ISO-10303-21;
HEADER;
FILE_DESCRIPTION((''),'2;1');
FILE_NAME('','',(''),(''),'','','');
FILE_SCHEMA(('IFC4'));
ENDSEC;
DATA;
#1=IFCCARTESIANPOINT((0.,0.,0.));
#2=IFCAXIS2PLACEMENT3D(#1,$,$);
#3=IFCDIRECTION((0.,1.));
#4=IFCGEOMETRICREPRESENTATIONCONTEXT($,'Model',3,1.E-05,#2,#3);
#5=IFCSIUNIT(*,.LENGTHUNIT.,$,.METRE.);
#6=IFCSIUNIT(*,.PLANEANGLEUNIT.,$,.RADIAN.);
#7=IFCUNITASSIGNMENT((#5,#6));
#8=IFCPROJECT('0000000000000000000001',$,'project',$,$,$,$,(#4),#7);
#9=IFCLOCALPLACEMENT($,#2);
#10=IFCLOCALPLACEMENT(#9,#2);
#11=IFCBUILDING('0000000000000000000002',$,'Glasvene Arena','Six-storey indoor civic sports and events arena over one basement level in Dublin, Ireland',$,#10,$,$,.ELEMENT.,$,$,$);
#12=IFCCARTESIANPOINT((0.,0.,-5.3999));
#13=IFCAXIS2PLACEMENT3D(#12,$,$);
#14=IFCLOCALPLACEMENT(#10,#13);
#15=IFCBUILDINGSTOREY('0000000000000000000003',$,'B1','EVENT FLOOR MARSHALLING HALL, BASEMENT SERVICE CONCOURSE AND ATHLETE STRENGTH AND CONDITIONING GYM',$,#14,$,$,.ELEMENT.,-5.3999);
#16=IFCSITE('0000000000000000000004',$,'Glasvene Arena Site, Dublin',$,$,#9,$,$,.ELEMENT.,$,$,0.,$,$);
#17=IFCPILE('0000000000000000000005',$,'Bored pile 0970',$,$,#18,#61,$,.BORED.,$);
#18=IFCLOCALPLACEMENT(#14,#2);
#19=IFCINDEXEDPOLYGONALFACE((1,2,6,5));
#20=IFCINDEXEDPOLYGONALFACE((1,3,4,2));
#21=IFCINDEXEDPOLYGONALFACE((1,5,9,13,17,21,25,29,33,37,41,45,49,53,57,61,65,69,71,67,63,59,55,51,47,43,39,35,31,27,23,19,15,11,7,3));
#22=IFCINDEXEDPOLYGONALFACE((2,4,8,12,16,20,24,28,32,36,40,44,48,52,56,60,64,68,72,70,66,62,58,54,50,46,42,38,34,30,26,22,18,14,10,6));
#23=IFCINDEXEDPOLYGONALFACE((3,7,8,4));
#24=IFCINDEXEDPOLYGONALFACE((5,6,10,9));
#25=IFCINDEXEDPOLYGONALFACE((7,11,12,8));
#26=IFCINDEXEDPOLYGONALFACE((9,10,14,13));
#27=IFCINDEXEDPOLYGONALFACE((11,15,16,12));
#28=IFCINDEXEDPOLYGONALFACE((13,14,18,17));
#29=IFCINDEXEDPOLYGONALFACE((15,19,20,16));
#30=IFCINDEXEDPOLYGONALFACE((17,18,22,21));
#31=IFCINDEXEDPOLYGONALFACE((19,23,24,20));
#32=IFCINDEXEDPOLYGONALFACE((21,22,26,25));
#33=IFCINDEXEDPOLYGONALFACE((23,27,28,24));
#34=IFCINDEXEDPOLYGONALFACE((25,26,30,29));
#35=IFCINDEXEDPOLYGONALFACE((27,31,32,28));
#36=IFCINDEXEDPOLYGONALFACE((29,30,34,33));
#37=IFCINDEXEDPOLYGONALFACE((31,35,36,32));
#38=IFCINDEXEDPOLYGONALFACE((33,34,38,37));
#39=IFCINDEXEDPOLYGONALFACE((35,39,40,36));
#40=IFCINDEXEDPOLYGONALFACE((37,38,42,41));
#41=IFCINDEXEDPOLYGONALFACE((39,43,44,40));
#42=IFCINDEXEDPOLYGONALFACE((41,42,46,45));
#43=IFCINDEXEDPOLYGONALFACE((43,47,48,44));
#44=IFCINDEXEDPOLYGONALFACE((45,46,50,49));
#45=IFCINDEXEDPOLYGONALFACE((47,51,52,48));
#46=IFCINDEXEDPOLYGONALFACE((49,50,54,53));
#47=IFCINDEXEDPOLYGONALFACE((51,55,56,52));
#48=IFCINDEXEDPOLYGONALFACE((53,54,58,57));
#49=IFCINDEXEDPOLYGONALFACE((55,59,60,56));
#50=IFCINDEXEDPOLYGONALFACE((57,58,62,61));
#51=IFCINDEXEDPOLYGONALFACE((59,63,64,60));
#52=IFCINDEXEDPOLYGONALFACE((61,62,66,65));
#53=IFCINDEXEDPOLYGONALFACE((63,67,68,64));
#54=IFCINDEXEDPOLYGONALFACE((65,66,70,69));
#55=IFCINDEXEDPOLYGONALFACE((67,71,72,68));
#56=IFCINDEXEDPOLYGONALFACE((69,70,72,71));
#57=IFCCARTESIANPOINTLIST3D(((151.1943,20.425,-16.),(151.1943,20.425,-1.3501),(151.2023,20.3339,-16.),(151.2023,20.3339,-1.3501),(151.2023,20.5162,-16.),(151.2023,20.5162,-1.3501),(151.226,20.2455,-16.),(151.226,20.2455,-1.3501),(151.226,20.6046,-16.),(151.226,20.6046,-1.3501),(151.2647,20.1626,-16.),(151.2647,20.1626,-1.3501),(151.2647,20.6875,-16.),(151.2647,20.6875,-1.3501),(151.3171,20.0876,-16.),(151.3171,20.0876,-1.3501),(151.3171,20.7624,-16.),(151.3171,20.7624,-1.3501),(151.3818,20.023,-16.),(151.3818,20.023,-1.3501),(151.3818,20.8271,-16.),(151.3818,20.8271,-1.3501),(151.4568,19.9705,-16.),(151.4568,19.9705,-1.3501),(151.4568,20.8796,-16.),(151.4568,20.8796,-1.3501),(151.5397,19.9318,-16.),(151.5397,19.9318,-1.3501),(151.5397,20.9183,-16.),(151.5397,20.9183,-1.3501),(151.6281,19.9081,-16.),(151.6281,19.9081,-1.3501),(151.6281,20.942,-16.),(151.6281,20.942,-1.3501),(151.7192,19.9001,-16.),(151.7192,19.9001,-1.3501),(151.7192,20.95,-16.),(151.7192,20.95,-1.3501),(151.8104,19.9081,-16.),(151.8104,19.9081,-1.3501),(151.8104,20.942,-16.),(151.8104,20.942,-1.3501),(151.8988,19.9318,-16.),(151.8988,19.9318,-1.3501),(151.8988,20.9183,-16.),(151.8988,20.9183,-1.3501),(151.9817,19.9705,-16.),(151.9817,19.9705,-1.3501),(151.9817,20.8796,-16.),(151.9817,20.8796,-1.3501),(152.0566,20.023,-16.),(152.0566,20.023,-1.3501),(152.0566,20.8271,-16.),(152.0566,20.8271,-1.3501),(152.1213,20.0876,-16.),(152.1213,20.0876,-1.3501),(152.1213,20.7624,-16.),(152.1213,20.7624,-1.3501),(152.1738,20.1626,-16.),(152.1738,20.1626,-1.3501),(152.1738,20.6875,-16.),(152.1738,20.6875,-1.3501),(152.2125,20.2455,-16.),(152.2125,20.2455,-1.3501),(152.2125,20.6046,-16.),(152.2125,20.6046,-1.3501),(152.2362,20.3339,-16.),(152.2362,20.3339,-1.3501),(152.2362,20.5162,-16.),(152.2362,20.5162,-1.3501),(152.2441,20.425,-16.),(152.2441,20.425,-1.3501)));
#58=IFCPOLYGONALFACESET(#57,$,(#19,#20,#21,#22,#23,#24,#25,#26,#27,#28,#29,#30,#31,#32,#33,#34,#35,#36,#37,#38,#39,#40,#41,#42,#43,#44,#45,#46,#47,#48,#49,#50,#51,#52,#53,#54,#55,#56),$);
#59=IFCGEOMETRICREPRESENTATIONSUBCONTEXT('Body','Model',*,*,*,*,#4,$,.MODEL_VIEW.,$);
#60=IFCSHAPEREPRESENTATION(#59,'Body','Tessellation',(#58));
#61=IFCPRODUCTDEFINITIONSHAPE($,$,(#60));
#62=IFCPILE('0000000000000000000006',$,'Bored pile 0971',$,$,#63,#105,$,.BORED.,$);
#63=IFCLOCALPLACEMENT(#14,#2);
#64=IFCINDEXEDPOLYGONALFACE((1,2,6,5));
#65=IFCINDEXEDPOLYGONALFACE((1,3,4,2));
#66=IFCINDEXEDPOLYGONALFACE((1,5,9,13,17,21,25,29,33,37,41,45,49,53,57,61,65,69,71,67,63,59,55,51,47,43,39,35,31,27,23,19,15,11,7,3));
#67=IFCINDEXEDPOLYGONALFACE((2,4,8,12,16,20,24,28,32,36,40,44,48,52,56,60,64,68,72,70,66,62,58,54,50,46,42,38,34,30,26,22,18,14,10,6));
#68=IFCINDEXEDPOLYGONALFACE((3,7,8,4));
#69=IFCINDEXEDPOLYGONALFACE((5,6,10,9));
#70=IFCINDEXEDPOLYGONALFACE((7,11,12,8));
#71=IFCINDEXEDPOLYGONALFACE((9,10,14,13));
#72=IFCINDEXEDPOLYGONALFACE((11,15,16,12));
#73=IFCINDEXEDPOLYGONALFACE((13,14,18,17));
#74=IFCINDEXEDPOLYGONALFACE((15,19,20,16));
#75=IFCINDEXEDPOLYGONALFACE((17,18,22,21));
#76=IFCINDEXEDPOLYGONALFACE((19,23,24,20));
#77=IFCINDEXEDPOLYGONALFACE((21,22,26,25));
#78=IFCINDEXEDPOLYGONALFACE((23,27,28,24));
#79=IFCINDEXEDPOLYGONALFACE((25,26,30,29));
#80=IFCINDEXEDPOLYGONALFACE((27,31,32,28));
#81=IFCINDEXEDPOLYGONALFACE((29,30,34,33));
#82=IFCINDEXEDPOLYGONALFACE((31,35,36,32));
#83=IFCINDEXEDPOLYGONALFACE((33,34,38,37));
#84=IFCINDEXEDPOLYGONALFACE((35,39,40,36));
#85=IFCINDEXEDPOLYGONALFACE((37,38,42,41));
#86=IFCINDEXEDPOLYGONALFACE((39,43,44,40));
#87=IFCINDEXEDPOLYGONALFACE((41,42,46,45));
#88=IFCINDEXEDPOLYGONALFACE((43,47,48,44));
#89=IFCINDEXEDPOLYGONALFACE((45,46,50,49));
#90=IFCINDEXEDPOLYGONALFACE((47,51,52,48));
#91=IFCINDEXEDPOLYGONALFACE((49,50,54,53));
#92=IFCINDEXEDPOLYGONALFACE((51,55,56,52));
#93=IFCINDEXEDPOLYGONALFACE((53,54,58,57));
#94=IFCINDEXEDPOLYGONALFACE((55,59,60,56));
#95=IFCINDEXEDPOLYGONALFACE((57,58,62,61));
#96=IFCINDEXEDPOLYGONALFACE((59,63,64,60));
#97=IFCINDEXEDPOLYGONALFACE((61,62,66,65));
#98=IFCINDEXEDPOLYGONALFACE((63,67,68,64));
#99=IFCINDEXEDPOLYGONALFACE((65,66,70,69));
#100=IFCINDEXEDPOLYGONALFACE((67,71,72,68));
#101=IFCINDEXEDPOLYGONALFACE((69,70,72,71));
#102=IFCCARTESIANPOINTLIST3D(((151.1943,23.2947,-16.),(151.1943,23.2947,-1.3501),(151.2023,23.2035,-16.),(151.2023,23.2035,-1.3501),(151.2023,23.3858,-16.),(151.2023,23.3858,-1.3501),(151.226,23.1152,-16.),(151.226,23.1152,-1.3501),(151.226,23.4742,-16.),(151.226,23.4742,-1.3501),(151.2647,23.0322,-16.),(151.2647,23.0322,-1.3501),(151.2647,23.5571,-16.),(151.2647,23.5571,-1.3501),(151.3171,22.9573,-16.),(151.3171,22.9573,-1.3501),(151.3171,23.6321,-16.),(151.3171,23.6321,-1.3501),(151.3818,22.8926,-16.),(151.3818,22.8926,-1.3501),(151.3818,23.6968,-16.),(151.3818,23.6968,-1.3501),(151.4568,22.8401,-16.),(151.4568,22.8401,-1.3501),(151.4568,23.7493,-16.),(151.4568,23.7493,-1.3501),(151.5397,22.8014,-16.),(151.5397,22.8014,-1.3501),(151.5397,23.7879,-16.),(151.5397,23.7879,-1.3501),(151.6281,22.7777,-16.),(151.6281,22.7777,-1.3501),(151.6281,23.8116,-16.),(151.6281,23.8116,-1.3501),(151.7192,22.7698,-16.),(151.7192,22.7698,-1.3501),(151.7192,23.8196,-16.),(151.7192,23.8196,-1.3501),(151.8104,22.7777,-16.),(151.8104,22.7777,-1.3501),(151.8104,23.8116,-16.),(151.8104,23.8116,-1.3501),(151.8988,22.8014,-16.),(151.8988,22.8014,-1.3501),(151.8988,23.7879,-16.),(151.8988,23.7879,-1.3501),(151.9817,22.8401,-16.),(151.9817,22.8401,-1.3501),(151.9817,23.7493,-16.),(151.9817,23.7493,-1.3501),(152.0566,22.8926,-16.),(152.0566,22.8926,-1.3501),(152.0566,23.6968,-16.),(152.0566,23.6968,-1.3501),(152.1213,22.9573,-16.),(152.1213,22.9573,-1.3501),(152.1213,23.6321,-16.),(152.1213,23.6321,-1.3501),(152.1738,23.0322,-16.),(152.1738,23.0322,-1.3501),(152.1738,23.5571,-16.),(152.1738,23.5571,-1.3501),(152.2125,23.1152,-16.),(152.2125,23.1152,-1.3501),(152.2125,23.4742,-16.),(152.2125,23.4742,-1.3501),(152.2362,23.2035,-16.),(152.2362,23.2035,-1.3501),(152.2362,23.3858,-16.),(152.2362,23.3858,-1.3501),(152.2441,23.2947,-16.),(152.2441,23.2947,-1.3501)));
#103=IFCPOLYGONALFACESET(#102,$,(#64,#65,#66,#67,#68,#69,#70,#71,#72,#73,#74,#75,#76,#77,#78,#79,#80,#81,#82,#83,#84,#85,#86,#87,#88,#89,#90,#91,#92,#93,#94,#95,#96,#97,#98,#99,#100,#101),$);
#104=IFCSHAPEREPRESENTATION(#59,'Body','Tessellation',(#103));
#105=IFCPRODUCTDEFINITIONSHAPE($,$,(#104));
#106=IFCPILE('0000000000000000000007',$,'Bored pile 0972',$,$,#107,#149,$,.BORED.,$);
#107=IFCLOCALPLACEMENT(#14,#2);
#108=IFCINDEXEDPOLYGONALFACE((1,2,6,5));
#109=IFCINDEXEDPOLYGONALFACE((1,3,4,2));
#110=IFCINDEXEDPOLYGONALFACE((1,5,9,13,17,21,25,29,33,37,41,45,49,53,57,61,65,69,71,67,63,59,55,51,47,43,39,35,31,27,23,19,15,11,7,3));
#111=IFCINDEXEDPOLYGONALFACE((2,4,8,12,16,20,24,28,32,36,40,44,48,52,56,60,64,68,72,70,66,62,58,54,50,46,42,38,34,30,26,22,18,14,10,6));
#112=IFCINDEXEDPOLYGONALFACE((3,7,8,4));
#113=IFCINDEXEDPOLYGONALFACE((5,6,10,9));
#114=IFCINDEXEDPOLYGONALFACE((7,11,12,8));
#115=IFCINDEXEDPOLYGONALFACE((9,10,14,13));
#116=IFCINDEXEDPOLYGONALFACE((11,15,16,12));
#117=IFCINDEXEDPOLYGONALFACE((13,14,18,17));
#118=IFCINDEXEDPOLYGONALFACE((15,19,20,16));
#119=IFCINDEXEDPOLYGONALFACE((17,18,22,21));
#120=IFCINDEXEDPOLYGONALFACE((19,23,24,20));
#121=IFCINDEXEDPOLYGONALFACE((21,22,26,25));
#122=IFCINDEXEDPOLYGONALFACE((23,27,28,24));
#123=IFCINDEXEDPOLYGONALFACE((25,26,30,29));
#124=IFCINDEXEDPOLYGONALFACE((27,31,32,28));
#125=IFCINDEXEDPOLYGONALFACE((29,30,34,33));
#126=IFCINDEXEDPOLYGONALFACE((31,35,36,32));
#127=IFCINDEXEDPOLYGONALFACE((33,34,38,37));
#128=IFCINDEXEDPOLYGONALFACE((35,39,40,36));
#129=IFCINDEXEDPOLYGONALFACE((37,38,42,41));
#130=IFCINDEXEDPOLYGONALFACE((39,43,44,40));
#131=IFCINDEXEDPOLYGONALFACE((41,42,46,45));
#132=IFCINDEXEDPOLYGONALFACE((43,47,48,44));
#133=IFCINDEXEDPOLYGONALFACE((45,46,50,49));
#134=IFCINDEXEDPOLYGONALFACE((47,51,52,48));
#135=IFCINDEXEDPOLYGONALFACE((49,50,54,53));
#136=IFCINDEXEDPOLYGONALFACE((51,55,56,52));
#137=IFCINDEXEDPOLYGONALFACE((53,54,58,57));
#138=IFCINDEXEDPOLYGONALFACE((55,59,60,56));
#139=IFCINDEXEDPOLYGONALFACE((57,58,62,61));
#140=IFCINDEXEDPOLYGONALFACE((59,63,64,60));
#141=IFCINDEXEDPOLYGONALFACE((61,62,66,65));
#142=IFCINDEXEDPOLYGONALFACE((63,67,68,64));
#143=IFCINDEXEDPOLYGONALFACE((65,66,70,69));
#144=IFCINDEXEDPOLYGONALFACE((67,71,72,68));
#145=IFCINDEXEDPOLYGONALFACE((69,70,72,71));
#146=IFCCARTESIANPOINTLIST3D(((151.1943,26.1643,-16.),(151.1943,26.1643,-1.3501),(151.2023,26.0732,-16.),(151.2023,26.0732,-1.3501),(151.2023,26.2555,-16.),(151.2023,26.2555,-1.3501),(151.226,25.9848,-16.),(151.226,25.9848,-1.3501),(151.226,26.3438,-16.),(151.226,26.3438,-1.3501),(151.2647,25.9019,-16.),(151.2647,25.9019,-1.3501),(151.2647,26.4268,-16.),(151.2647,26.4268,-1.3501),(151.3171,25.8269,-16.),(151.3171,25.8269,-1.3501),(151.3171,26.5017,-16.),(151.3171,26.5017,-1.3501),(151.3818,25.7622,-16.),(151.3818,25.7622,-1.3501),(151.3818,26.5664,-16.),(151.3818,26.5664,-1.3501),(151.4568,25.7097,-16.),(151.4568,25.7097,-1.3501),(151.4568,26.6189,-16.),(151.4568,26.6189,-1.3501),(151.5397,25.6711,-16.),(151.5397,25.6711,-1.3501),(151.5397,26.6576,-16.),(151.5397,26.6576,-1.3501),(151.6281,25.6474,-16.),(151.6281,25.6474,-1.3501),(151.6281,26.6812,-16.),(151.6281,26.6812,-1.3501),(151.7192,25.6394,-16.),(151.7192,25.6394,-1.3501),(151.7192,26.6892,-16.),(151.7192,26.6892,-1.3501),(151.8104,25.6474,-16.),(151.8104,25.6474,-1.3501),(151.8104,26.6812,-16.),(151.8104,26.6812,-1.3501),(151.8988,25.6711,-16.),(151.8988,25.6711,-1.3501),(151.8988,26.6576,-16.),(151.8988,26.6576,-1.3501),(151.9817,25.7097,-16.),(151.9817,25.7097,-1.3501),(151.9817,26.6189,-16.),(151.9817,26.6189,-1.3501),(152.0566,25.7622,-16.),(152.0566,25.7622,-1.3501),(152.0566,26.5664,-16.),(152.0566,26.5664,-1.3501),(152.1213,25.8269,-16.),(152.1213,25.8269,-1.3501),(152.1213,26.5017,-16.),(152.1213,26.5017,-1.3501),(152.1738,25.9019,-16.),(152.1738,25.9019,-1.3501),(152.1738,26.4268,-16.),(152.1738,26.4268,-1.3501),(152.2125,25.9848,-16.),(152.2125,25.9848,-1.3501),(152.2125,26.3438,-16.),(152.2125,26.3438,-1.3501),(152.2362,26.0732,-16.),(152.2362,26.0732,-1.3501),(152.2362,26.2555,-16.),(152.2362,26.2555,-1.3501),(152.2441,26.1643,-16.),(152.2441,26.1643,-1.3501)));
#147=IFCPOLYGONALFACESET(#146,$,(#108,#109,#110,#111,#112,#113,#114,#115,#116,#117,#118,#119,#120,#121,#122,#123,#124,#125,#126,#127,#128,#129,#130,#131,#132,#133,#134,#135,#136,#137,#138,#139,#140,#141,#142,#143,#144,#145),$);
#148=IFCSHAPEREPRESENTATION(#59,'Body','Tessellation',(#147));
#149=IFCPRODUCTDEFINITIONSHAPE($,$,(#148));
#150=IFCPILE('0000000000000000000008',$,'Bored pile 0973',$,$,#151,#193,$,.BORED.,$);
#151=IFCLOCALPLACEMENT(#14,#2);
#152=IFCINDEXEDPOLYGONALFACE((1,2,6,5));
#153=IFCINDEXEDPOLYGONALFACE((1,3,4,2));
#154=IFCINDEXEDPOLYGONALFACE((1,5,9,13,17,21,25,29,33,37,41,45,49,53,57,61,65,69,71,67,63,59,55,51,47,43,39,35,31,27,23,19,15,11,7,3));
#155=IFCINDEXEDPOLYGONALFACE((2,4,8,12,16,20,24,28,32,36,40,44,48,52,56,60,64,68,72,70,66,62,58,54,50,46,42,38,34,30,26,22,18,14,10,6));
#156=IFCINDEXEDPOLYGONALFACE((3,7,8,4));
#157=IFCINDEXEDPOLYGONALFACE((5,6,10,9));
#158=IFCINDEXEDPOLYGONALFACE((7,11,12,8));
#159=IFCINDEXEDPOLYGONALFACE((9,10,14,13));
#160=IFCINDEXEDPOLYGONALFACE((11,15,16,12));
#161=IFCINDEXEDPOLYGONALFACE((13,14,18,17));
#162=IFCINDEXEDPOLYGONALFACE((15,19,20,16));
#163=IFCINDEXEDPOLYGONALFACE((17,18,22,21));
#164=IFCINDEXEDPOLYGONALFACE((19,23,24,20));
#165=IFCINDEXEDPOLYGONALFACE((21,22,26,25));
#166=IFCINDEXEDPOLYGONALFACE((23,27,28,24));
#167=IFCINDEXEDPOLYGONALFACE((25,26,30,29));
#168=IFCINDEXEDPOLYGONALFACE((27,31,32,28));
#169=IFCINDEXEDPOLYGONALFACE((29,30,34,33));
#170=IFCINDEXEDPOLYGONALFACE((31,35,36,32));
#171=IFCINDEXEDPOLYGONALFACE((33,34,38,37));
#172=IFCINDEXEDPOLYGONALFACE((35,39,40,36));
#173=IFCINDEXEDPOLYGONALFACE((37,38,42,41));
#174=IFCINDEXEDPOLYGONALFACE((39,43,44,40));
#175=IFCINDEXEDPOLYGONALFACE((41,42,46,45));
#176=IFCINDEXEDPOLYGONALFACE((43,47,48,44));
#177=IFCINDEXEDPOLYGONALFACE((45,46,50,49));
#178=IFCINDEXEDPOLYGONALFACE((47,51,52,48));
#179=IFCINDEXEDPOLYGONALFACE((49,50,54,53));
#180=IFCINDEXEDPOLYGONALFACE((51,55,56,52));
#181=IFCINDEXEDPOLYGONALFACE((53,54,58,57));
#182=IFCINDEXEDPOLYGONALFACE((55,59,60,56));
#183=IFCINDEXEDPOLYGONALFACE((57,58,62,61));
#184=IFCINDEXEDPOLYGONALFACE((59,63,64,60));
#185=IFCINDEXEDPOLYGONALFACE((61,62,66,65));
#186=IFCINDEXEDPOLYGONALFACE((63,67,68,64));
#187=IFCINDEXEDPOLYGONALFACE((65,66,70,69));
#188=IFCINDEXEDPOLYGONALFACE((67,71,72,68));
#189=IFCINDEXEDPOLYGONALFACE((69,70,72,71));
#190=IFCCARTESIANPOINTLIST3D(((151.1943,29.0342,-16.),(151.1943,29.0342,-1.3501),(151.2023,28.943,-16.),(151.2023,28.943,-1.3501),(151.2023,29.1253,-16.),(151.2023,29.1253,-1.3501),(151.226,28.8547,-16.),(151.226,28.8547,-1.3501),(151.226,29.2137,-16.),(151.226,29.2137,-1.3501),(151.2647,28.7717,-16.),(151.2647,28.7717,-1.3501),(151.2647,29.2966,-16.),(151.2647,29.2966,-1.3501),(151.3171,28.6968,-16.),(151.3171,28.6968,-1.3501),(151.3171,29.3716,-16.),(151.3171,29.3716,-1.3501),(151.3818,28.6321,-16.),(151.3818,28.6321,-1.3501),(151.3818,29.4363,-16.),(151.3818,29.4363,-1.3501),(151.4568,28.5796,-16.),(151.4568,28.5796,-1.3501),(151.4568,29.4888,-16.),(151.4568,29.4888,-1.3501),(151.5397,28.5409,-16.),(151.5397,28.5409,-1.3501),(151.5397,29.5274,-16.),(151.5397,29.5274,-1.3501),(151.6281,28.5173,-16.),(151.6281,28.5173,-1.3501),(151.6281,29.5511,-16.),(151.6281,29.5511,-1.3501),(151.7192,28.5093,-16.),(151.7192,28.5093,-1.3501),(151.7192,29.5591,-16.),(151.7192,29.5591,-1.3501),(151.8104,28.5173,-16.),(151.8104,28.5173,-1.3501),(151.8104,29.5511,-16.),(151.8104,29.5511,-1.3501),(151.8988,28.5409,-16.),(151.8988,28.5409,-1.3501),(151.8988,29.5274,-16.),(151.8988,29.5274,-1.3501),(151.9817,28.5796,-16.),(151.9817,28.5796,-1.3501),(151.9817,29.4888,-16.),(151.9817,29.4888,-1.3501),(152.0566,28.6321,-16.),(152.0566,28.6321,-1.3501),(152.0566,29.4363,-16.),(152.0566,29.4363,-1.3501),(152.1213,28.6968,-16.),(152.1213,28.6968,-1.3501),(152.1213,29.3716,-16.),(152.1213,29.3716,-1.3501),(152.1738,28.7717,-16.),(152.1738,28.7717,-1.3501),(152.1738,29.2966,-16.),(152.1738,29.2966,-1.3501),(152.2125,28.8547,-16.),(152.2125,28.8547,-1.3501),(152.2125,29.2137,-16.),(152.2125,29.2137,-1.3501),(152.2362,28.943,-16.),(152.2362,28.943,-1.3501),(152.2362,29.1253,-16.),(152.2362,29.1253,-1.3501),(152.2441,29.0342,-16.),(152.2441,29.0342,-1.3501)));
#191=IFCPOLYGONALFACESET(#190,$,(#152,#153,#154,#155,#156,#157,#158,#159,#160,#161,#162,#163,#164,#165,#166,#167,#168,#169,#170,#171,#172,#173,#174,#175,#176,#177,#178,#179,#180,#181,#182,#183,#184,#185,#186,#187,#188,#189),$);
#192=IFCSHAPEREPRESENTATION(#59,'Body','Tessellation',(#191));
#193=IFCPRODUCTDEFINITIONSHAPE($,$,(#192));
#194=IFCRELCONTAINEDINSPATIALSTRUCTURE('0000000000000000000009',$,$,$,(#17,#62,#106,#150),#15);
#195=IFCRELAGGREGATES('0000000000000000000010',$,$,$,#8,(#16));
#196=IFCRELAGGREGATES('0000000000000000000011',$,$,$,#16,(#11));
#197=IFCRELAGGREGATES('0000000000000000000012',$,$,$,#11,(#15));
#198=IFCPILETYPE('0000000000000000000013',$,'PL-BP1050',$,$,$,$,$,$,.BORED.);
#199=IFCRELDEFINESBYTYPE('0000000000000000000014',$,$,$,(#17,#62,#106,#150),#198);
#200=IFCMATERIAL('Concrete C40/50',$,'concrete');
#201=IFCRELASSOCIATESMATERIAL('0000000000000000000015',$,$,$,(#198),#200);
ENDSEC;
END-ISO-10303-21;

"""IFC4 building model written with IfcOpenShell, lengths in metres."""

from ifc_helpers import new_model, si_unit, direction, frame, origin, origin_2d, place, context, subcontext, project, spatial, circle, extrude, material, material_profile, profile_set, type_object, element, save


model = new_model("IFC4")

# Units and contexts
model_context = context("Model", 3, precision=1e-05, world=origin(), true_north=direction((0.0, 1.0)))
body_context = subcontext(model_context, "Body", "Model", "MODEL_VIEW")
ifc_project = project(units=[si_unit("LENGTHUNIT", "METRE"), si_unit("PLANEANGLEUNIT", "RADIAN")], contexts=[model_context])

# Site, building, storey
site_placement = place(None, origin())
site = spatial("IfcSite", under=ifc_project, at=site_placement, Name="Glasvene Arena Site, Dublin", CompositionType="ELEMENT", RefElevation=0.0)
building_placement = place(site_placement, origin())
building = spatial("IfcBuilding", under=site, at=building_placement, Name="Glasvene Arena", Description="Six-storey indoor civic sports and events arena over one basement level in Dublin, Ireland", CompositionType="ELEMENT")
storey_placement = place(building_placement, frame((0.0, 0.0, -5.3999)))
storey = spatial("IfcBuildingStorey", under=building, at=storey_placement, Name="B1", Description="EVENT FLOOR MARSHALLING HALL, BASEMENT SERVICE CONCOURSE AND ATHLETE STRENGTH AND CONDITIONING GYM", CompositionType="ELEMENT", Elevation=-5.3999)

# Piles
ifc_material = material(Name="Concrete C40/50", Category="concrete")
ifc_material_profile = material_profile(ifc_material, circle(Radius=0.5249, at=origin_2d()), Name="BORED PILE 1050")
ifc_profile_set = profile_set([ifc_material_profile], Name="Concrete C40/50")
pile_type = type_object("IfcPileType", Name="PL-BP1050", PredefinedType="BORED", material=ifc_profile_set)
for number, where, z_axis, x_axis, name in (
    (1, (151.7192, 20.425, -1.3501), (0.0, 0.0, -1.0), (1.0, 0.0, 0.0), "Bored pile 0970"),
    (2, (151.7192, 23.2947, -1.3501), (0.0, 0.0, -1.0), (1.0, 0.0, 0.0), "Bored pile 0971"),
    (3, (151.7192, 26.1643, -1.3501), (0.0, 0.0, -1.0), (1.0, 0.0, 0.0), "Bored pile 0972"),
    (4, (151.7192, 29.0342, -1.3501), (0.0, 0.0, -1.0), (1.0, 0.0, 0.0), "Bored pile 0973"),
):
    element("IfcPile", number, at=place(storey_placement, frame(where, z_axis=z_axis, x_axis=x_axis)), inside=storey, type_object=pile_type, Name=name, PredefinedType="BORED", context=body_context, shape_type="SweptSolid", body=[
        extrude(circle(Radius=0.5249, at=origin_2d()), origin(), (0.0, 0.0, 1.0), 14.6499),
    ])

save(model, "model.ifc")
